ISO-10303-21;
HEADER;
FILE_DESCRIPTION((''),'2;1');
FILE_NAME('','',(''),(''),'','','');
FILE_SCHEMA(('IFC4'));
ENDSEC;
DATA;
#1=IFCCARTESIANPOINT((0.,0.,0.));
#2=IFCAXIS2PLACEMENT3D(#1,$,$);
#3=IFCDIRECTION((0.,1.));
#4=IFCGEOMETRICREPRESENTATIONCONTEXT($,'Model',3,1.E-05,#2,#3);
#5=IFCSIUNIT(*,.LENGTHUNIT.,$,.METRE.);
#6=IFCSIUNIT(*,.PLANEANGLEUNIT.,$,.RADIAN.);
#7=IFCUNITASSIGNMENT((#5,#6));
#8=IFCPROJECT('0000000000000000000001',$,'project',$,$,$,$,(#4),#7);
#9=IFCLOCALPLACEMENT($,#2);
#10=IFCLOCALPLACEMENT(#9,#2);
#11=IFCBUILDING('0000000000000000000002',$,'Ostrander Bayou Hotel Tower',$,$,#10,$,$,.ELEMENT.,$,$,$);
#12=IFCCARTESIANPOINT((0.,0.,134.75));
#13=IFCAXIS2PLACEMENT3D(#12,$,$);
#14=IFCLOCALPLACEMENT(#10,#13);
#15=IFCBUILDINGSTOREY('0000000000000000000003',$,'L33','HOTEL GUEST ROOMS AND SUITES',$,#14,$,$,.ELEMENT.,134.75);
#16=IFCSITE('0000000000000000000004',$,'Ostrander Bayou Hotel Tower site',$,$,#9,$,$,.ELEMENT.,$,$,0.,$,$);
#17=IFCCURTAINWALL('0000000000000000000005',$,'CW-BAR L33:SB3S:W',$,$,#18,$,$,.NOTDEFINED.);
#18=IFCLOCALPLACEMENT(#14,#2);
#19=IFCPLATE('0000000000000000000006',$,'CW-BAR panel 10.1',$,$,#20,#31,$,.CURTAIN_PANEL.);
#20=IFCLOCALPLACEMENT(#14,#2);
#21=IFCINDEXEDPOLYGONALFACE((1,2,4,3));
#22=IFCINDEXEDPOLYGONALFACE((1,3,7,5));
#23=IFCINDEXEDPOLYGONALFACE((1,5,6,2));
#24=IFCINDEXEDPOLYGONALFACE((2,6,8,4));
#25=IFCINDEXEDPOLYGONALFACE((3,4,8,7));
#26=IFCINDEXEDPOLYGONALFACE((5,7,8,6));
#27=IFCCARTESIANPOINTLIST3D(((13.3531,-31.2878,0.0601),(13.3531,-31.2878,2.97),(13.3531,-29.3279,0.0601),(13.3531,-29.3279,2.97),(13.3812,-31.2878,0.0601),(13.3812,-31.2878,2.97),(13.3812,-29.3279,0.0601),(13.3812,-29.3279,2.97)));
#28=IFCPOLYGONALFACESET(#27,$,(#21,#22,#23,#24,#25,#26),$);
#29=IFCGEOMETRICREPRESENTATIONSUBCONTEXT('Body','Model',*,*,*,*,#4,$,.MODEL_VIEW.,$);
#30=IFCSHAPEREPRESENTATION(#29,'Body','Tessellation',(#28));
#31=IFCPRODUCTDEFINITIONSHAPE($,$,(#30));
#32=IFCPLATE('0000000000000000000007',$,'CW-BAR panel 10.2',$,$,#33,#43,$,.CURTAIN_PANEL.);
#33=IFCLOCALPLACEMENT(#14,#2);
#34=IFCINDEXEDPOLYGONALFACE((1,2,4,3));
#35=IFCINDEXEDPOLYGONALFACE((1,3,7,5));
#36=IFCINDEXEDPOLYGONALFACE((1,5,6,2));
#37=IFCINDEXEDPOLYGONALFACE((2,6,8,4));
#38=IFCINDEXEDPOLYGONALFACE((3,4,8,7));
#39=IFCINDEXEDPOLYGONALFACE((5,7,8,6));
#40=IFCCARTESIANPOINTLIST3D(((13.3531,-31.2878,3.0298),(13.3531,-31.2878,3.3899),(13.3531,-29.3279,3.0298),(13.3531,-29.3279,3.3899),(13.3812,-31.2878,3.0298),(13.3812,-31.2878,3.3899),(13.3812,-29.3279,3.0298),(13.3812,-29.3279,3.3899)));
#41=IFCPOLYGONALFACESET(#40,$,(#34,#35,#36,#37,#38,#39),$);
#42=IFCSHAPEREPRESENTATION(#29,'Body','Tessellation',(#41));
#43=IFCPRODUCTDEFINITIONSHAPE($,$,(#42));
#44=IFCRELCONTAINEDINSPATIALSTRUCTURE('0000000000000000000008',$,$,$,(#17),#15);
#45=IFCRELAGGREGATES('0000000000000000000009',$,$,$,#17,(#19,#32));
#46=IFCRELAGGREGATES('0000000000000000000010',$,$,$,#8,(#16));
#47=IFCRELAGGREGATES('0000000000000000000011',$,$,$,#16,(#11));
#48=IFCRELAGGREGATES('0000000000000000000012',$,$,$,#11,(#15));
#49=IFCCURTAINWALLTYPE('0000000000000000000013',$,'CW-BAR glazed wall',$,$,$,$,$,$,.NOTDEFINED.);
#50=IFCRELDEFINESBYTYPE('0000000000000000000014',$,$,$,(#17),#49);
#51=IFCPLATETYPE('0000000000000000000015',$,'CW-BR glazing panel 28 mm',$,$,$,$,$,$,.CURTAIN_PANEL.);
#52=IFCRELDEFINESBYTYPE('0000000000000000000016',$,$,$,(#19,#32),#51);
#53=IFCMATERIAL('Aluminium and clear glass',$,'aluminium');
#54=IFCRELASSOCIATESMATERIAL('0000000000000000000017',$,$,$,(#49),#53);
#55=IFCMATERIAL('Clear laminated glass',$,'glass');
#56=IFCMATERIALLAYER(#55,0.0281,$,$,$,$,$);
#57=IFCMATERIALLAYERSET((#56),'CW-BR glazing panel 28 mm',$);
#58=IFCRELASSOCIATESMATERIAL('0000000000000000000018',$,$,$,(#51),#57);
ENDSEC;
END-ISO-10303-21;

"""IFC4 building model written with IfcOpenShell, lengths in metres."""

from ifc_helpers import new_model, si_unit, direction, frame, origin, origin_2d, place, context, subcontext, project, spatial, rectangle, extrude, material, layer, layer_set, type_object, element, aggregate, save


model = new_model("IFC4")

# Units and contexts
model_context = context("Model", 3, precision=1e-05, world=origin(), true_north=direction((0.0, 1.0)))
body_context = subcontext(model_context, "Body", "Model", "MODEL_VIEW")
ifc_project = project(units=[si_unit("LENGTHUNIT", "METRE"), si_unit("PLANEANGLEUNIT", "RADIAN")], contexts=[model_context])

# Site, building, storey
site_placement = place(None, origin())
site = spatial("IfcSite", under=ifc_project, at=site_placement, Name="Ostrander Bayou Hotel Tower site", CompositionType="ELEMENT", RefElevation=0.0)
building_placement = place(site_placement, origin())
building = spatial("IfcBuilding", under=site, at=building_placement, Name="Ostrander Bayou Hotel Tower", CompositionType="ELEMENT")
storey_placement = place(building_placement, frame((0.0, 0.0, 134.75)))
storey = spatial("IfcBuildingStorey", under=building, at=storey_placement, Name="L33", Description="HOTEL GUEST ROOMS AND SUITES", CompositionType="ELEMENT", Elevation=134.75)

# Shared definitions
ifc_material_1 = material(Name="Aluminium and clear glass", Category="aluminium")
curtain_wall_type = type_object("IfcCurtainWallType", Name="CW-BAR glazed wall", PredefinedType="NOTDEFINED", material=ifc_material_1)

# Curtain wall
curtain_wall_1_placement = place(storey_placement, origin())
curtain_wall_1 = element("IfcCurtainWall", 1, at=curtain_wall_1_placement, inside=storey, type_object=curtain_wall_type, Name="CW-BAR L33:SB3S:W", PredefinedType="NOTDEFINED")

# Plates
ifc_material_2 = material(Name="Clear laminated glass", Category="glass")
ifc_layer = layer(ifc_material_2, 0.0281)
ifc_layer_set = layer_set([ifc_layer], Name="CW-BR glazing panel 28 mm")
plate_type = type_object("IfcPlateType", Name="CW-BR glazing panel 28 mm", PredefinedType="CURTAIN_PANEL", material=ifc_layer_set)
plate_1_placement = place(storey_placement, frame((13.3672, -30.3079, 0.0601), z_axis=(0.0, 0.0, 1.0), x_axis=(0.0, -1.0, 0.0)))
plate_1 = element("IfcPlate", 2, at=plate_1_placement, type_object=plate_type, Name="CW-BAR panel 10.1", PredefinedType="CURTAIN_PANEL", context=body_context, shape_type="SweptSolid", body=[
    extrude(rectangle(XDim=1.96, YDim=0.0281, at=origin_2d()), origin(), (0.0, 0.0, 1.0), 2.9099),
])
plate_2_placement = place(storey_placement, frame((13.3672, -30.3079, 3.0298), z_axis=(0.0, 0.0, 1.0), x_axis=(0.0, -1.0, 0.0)))
plate_2 = element("IfcPlate", 3, at=plate_2_placement, type_object=plate_type, Name="CW-BAR panel 10.2", PredefinedType="CURTAIN_PANEL", context=body_context, shape_type="SweptSolid", body=[
    extrude(rectangle(XDim=1.96, YDim=0.0281, at=origin_2d()), origin(), (0.0, 0.0, 1.0), 0.3601),
])
aggregate(curtain_wall_1, [plate_1, plate_2])

save(model, "model.ifc")
